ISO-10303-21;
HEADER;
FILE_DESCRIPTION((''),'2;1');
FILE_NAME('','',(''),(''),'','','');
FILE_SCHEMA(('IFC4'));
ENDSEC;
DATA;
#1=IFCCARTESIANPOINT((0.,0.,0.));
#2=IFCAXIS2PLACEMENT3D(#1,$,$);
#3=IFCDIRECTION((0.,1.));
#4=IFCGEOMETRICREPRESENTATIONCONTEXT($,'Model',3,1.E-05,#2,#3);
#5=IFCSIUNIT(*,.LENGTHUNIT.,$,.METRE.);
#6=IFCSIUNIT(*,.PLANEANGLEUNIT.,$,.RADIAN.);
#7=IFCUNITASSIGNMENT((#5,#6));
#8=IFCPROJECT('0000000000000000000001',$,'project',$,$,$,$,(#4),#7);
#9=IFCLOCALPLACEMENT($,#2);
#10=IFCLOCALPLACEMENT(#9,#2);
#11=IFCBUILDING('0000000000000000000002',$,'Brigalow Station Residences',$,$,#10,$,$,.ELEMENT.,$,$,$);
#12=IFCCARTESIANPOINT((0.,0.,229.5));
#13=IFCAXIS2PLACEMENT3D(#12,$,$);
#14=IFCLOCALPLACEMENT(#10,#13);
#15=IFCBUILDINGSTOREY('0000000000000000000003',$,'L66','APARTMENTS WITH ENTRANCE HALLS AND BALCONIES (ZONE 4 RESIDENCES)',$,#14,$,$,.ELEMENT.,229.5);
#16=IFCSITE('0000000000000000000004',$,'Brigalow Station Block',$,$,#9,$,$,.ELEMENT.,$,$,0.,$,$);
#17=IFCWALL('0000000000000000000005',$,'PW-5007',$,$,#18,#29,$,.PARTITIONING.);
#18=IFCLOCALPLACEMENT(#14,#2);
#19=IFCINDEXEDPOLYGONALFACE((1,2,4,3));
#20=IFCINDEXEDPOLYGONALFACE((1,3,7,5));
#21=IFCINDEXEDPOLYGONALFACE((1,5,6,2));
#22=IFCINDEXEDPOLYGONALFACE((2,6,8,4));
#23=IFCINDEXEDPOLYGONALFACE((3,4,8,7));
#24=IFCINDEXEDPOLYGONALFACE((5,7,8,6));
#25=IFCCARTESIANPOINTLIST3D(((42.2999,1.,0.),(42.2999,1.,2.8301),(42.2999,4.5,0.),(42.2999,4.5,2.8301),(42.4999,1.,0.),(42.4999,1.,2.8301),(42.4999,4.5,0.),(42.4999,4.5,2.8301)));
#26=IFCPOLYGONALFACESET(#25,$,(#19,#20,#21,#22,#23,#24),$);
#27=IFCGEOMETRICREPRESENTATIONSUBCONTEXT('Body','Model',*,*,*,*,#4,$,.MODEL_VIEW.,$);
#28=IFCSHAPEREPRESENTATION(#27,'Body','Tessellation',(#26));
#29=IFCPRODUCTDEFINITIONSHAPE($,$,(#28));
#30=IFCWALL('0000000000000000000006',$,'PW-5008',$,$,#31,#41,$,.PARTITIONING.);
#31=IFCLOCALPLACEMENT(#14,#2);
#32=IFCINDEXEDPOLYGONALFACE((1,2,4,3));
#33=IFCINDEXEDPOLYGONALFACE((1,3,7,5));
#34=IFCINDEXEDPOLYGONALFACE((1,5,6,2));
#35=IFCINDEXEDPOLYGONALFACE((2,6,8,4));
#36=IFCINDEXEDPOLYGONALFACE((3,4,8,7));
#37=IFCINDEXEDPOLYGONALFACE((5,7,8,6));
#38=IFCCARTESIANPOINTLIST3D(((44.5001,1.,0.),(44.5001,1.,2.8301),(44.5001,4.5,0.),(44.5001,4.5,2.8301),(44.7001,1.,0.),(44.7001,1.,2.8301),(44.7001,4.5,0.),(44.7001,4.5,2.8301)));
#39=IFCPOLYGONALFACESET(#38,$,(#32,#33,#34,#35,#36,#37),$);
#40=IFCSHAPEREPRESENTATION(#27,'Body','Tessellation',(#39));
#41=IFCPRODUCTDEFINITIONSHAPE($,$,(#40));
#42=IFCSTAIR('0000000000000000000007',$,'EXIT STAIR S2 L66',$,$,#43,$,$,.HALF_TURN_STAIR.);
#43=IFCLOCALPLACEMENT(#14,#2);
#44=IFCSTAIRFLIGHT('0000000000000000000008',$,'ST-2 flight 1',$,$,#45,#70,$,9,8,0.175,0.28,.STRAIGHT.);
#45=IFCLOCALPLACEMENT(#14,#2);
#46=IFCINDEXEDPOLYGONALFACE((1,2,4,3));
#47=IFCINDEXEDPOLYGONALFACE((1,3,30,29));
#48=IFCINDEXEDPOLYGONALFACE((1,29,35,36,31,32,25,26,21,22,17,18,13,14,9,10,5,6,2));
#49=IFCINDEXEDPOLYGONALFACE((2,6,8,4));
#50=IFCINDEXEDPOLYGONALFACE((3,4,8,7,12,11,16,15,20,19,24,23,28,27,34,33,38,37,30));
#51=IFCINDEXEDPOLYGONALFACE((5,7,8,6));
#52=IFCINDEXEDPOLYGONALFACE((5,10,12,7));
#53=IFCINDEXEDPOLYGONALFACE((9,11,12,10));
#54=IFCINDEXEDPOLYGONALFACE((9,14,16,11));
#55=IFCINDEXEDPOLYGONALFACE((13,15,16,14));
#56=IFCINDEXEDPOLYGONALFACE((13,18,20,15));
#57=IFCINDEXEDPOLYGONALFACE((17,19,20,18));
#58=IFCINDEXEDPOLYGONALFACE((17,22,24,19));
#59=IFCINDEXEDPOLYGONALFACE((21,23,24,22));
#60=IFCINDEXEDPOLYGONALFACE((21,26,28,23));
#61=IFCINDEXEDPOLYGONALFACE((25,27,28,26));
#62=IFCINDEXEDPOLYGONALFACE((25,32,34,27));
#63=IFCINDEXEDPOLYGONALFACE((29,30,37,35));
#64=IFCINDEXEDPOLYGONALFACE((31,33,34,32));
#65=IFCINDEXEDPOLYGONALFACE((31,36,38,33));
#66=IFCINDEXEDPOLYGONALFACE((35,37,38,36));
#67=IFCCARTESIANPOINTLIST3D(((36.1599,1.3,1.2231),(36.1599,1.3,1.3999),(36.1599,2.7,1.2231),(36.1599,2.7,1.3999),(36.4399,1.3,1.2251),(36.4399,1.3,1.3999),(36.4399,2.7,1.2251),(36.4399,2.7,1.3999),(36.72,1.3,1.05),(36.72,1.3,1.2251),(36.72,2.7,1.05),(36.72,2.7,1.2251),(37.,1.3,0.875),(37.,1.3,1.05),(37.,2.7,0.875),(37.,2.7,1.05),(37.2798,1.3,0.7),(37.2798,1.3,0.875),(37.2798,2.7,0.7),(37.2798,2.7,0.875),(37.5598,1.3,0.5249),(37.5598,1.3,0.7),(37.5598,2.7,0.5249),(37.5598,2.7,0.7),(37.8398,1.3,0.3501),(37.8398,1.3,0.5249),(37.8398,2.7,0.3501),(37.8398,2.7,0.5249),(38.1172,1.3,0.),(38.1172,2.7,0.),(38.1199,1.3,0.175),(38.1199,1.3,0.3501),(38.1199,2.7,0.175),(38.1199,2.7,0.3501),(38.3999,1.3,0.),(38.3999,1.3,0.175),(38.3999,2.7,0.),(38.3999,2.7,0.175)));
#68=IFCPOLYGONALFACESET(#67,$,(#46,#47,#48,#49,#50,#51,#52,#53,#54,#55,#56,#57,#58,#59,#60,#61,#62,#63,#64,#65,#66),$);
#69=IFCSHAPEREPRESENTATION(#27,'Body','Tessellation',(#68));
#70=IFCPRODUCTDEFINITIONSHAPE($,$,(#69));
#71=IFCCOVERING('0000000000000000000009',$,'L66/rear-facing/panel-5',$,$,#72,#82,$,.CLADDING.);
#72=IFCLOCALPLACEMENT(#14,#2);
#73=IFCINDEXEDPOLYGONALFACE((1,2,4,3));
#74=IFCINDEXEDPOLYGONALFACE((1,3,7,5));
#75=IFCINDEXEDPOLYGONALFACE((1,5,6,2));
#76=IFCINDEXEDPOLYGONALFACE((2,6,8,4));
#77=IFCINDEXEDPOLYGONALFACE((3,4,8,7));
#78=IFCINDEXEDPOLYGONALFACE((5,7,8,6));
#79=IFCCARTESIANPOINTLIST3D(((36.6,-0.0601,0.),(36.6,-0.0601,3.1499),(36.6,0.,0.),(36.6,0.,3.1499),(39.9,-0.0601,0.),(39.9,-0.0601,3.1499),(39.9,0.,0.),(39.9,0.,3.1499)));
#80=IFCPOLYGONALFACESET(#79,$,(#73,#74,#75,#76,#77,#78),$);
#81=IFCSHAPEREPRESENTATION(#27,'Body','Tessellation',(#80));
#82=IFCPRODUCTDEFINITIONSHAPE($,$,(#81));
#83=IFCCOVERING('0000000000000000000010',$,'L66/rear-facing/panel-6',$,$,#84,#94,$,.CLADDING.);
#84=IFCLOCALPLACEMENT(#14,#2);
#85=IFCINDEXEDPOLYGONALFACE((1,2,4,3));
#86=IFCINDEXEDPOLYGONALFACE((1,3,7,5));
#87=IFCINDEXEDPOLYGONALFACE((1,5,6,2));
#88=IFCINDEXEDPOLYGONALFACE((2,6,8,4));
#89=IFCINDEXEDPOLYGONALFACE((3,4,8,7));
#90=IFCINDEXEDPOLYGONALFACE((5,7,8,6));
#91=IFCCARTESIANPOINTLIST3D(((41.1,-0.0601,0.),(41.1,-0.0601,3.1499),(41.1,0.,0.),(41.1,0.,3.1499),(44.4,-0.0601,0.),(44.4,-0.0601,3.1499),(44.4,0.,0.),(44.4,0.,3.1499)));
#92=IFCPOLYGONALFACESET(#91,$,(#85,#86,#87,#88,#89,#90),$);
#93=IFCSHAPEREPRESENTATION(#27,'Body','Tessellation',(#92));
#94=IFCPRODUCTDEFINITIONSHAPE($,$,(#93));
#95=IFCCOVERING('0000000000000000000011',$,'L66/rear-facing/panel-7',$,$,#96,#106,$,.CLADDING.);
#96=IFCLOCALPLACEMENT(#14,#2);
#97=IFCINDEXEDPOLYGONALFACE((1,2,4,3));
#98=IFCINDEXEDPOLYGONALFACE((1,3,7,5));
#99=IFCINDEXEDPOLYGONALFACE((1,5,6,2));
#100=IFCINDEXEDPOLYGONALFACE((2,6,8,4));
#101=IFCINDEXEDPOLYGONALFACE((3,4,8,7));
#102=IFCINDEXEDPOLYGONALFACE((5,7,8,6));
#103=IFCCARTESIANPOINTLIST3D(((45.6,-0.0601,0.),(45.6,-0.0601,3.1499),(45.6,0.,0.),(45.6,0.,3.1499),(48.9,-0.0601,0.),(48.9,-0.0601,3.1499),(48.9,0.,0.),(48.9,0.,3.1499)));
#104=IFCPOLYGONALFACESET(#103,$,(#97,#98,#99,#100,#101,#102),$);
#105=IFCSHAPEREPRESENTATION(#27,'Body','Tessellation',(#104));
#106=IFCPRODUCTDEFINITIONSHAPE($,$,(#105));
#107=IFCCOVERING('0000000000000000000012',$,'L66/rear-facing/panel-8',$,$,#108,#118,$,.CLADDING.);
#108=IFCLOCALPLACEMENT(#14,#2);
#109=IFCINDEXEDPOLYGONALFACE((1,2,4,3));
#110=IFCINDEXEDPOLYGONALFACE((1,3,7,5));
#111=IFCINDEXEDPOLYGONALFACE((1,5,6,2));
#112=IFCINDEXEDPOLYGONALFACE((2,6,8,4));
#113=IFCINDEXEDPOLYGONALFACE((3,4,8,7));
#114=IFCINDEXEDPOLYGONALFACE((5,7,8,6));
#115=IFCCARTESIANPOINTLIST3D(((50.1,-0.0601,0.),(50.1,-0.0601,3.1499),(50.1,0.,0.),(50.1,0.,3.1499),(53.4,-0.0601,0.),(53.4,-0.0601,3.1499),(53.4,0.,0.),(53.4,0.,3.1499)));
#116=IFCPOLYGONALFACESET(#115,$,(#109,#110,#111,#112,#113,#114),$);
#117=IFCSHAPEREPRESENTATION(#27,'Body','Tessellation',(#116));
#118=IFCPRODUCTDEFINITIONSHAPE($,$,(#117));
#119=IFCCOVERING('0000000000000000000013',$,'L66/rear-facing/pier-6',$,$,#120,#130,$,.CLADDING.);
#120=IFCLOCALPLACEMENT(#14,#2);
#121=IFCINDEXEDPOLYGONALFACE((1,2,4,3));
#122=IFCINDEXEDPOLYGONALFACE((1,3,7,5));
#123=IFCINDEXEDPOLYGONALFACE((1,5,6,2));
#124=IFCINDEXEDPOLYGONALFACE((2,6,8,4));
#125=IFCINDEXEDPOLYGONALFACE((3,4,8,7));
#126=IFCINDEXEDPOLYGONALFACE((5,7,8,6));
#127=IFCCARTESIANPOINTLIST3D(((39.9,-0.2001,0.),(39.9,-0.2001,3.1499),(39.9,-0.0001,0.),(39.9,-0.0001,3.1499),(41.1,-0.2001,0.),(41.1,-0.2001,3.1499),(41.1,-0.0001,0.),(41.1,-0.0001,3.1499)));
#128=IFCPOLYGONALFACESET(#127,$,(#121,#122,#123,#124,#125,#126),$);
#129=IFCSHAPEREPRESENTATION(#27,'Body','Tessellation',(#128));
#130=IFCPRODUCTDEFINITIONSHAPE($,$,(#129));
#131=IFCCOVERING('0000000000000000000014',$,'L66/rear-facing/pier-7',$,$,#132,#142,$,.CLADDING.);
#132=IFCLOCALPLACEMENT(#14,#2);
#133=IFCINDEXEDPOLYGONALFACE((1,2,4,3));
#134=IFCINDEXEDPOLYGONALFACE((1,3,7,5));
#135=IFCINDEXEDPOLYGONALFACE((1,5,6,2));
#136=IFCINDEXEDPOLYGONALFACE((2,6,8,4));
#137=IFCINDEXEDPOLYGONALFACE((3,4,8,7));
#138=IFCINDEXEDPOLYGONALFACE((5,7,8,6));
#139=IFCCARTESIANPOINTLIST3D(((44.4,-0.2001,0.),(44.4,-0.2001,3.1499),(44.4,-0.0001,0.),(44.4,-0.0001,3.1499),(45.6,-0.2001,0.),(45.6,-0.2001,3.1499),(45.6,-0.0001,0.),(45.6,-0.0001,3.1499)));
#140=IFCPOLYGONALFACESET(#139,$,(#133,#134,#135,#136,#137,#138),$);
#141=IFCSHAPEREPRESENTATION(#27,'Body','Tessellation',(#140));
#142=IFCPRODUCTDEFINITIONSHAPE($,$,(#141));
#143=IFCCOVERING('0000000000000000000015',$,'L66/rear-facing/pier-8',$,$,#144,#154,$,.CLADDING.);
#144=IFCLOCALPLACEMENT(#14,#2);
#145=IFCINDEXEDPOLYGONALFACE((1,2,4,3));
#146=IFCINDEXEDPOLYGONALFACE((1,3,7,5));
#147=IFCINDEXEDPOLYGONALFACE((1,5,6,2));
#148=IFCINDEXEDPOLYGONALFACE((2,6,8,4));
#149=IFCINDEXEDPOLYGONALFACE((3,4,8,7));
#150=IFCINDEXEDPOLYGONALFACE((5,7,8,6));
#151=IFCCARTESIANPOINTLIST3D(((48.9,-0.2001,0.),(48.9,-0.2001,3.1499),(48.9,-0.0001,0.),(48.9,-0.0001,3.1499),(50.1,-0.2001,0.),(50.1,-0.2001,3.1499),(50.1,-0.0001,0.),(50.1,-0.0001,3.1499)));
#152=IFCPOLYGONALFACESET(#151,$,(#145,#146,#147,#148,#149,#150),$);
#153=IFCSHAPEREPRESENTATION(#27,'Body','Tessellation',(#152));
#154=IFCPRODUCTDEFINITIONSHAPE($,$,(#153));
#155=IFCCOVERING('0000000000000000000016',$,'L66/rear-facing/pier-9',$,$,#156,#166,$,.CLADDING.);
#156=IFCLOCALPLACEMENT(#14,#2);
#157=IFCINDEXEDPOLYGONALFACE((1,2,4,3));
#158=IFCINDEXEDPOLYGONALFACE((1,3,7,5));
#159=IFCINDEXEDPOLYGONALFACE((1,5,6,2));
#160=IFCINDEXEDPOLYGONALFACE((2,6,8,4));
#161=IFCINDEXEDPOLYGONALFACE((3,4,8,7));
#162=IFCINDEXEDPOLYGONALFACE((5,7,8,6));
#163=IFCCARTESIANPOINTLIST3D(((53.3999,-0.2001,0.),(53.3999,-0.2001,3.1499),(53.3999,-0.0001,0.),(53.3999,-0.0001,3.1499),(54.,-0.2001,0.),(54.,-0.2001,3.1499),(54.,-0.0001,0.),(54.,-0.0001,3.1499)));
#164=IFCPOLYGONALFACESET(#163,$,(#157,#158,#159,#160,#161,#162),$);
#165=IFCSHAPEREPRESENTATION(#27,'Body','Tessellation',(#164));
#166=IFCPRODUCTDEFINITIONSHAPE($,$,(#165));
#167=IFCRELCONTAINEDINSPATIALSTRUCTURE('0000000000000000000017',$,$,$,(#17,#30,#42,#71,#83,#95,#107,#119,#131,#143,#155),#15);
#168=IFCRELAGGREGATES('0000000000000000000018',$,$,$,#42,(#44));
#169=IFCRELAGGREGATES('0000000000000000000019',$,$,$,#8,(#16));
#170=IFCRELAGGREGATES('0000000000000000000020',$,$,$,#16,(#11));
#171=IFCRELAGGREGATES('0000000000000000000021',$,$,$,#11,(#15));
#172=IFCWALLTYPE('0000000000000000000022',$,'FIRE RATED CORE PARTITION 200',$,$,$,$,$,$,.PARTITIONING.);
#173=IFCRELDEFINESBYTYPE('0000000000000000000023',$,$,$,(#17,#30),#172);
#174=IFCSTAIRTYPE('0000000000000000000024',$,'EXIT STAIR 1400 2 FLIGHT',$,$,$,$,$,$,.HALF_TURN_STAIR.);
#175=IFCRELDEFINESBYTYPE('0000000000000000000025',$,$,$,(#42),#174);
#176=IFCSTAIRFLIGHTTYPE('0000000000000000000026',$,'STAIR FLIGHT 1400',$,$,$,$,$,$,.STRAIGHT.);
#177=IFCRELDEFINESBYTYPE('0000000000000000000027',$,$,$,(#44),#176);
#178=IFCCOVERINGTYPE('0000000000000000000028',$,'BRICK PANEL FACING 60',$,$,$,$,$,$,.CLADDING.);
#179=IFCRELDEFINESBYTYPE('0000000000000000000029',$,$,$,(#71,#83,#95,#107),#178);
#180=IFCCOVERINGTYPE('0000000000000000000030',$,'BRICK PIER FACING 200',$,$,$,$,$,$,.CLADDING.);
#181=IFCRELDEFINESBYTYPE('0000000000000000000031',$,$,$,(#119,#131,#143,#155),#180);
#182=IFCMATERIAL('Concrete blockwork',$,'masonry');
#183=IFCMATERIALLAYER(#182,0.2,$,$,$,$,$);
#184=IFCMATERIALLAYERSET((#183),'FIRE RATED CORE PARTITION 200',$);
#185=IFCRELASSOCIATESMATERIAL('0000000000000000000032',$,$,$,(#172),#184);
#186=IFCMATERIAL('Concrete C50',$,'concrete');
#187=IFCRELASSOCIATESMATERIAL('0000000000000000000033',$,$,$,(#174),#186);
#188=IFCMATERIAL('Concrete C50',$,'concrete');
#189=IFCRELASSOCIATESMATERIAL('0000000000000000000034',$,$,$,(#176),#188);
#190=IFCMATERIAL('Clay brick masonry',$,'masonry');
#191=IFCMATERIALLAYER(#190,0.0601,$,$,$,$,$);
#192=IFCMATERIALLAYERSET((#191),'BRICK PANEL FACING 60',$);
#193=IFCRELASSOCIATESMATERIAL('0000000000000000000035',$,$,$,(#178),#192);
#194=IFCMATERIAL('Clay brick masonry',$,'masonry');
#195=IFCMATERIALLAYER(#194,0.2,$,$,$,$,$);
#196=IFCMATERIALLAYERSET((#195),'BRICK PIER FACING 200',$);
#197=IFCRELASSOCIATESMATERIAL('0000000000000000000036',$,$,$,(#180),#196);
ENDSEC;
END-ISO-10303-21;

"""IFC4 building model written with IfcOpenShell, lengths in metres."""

from ifc_helpers import new_model, si_unit, direction, frame, frame_2d, origin, origin_2d, place, context, subcontext, project, spatial, polyline, rectangle, outline, extrude, material, layer, layer_set, type_object, element, aggregate, save


model = new_model("IFC4")

# Units and contexts
model_context = context("Model", 3, precision=1e-05, world=origin(), true_north=direction((0.0, 1.0)))
body_context = subcontext(model_context, "Body", "Model", "MODEL_VIEW")
ifc_project = project(units=[si_unit("LENGTHUNIT", "METRE"), si_unit("PLANEANGLEUNIT", "RADIAN")], contexts=[model_context])

# Site, building, storey
site_placement = place(None, origin())
site = spatial("IfcSite", under=ifc_project, at=site_placement, Name="Brigalow Station Block", CompositionType="ELEMENT", RefElevation=0.0)
building_placement = place(site_placement, origin())
building = spatial("IfcBuilding", under=site, at=building_placement, Name="Brigalow Station Residences", CompositionType="ELEMENT")
storey_placement = place(building_placement, frame((0.0, 0.0, 229.5)))
storey = spatial("IfcBuildingStorey", under=building, at=storey_placement, Name="L66", Description="APARTMENTS WITH ENTRANCE HALLS AND BALCONIES (ZONE 4 RESIDENCES)", CompositionType="ELEMENT", Elevation=229.5)

# Walls
ifc_material_1 = material(Name="Concrete blockwork", Category="masonry")
ifc_layer_1 = layer(ifc_material_1, 0.2)
ifc_layer_set_1 = layer_set([ifc_layer_1], Name="FIRE RATED CORE PARTITION 200")
wall_type_1 = type_object("IfcWallType", Name="FIRE RATED CORE PARTITION 200", PredefinedType="PARTITIONING", material=ifc_layer_set_1)
for number, where, z_axis, x_axis, name in (
    (1, (42.3999, 1.0, 0.0), (0.0, 0.0, 1.0), (0.0, 1.0, 0.0), "PW-5007"),
    (2, (44.6001, 1.0, 0.0), (0.0, 0.0, 1.0), (0.0, 1.0, 0.0), "PW-5008"),
):
    element("IfcWall", number, at=place(storey_placement, frame(where, z_axis=z_axis, x_axis=x_axis)), inside=storey, type_object=wall_type_1, Name=name, PredefinedType="PARTITIONING", context=body_context, shape_type="SweptSolid", body=[
        extrude(rectangle(XDim=3.5, YDim=0.2, at=frame_2d((1.75, 0.0))), origin(), (0.0, 0.0, 1.0), 2.8301),
    ])

# Stair, stair flight
ifc_material_2 = material(Name="Concrete C50", Category="concrete")
stair_type = type_object("IfcStairType", Name="EXIT STAIR 1400 2 FLIGHT", PredefinedType="HALF_TURN_STAIR", material=ifc_material_2)
stair_placement = place(storey_placement, origin())
stair = element("IfcStair", 3, at=stair_placement, inside=storey, type_object=stair_type, Name="EXIT STAIR S2 L66", PredefinedType="HALF_TURN_STAIR")
ifc_material_3 = material(Name="Concrete C50", Category="concrete")
stair_flight_type = type_object("IfcStairFlightType", Name="STAIR FLIGHT 1400", PredefinedType="STRAIGHT", material=ifc_material_3)
stair_flight_placement = place(storey_placement, frame((38.3999, 2.0, 0.0), z_axis=(0.0, 0.0, 1.0), x_axis=(-1.0, 0.0, 0.0)))
stair_flight = element("IfcStairFlight", 4, at=stair_flight_placement, type_object=stair_flight_type, Name="ST-2 flight 1", NumberOfRisers=9, NumberOfTreads=8, PredefinedType="STRAIGHT", RiserHeight=0.175, TreadLength=0.28, context=body_context, shape_type="SweptSolid", body=[
    extrude(outline(polyline([(0.0, 0.0), (0.0, 0.175), (0.28, 0.175), (0.28, 0.3501), (0.5601, 0.3501), (0.5601, 0.5249), (0.8401, 0.5249), (0.8401, 0.7), (1.1201, 0.7), (1.1201, 0.875), (1.3999, 0.875), (1.3999, 1.05), (1.6799, 1.05), (1.6799, 1.2251), (1.96, 1.2251), (1.96, 1.3999), (2.24, 1.3999), (2.24, 1.575), (2.24, 1.2231), (0.2827, 0.0), (0.0, 0.0)])), frame((0.0, 0.7, 0.0), z_axis=(0.0, -1.0, 0.0), x_axis=(1.0, 0.0, 0.0)), (0.0, 0.0, 1.0), 1.3999),
])
aggregate(stair, [stair_flight])

# Coverings
ifc_material_4 = material(Name="Clay brick masonry", Category="masonry")
ifc_layer_2 = layer(ifc_material_4, 0.0601)
ifc_layer_set_2 = layer_set([ifc_layer_2], Name="BRICK PANEL FACING 60")
covering_type_1 = type_object("IfcCoveringType", Name="BRICK PANEL FACING 60", PredefinedType="CLADDING", material=ifc_layer_set_2)
for number, where, z_axis, x_axis, name in (
    (5, (38.25, -0.03, 0.0), (0.0, 0.0, 1.0), (1.0, 0.0, 0.0), "L66/rear-facing/panel-5"),
    (6, (42.75, -0.03, 0.0), (0.0, 0.0, 1.0), (1.0, 0.0, 0.0), "L66/rear-facing/panel-6"),
    (7, (47.25, -0.03, 0.0), (0.0, 0.0, 1.0), (1.0, 0.0, 0.0), "L66/rear-facing/panel-7"),
    (8, (51.75, -0.03, 0.0), (0.0, 0.0, 1.0), (1.0, 0.0, 0.0), "L66/rear-facing/panel-8"),
):
    element("IfcCovering", number, at=place(storey_placement, frame(where, z_axis=z_axis, x_axis=x_axis)), inside=storey, type_object=covering_type_1, Name=name, PredefinedType="CLADDING", context=body_context, shape_type="SweptSolid", body=[
        extrude(rectangle(XDim=3.3, YDim=0.0601, at=origin_2d()), origin(), (0.0, 0.0, 1.0), 3.1499),
    ])
ifc_material_5 = material(Name="Clay brick masonry", Category="masonry")
ifc_layer_3 = layer(ifc_material_5, 0.2)
ifc_layer_set_3 = layer_set([ifc_layer_3], Name="BRICK PIER FACING 200")
covering_type_2 = type_object("IfcCoveringType", Name="BRICK PIER FACING 200", PredefinedType="CLADDING", material=ifc_layer_set_3)
for number, where, z_axis, x_axis, name in (
    (9, (40.5, -0.1001, 0.0), (0.0, 0.0, 1.0), (1.0, 0.0, 0.0), "L66/rear-facing/pier-6"),
    (10, (45.0, -0.1001, 0.0), (0.0, 0.0, 1.0), (1.0, 0.0, 0.0), "L66/rear-facing/pier-7"),
    (11, (49.5, -0.1001, 0.0), (0.0, 0.0, 1.0), (1.0, 0.0, 0.0), "L66/rear-facing/pier-8"),
):
    element("IfcCovering", number, at=place(storey_placement, frame(where, z_axis=z_axis, x_axis=x_axis)), inside=storey, type_object=covering_type_2, Name=name, PredefinedType="CLADDING", context=body_context, shape_type="SweptSolid", body=[
        extrude(rectangle(XDim=1.2, YDim=0.2, at=origin_2d()), origin(), (0.0, 0.0, 1.0), 3.1499),
    ])
covering_placement = place(storey_placement, frame((53.7, -0.1001, 0.0), z_axis=(0.0, 0.0, 1.0), x_axis=(1.0, 0.0, 0.0)))
element("IfcCovering", 12, at=covering_placement, inside=storey, type_object=covering_type_2, Name="L66/rear-facing/pier-9", PredefinedType="CLADDING", context=body_context, shape_type="SweptSolid", body=[
    extrude(rectangle(XDim=0.6001, YDim=0.2, at=origin_2d()), origin(), (0.0, 0.0, 1.0), 3.1499),
])

save(model, "model.ifc")
